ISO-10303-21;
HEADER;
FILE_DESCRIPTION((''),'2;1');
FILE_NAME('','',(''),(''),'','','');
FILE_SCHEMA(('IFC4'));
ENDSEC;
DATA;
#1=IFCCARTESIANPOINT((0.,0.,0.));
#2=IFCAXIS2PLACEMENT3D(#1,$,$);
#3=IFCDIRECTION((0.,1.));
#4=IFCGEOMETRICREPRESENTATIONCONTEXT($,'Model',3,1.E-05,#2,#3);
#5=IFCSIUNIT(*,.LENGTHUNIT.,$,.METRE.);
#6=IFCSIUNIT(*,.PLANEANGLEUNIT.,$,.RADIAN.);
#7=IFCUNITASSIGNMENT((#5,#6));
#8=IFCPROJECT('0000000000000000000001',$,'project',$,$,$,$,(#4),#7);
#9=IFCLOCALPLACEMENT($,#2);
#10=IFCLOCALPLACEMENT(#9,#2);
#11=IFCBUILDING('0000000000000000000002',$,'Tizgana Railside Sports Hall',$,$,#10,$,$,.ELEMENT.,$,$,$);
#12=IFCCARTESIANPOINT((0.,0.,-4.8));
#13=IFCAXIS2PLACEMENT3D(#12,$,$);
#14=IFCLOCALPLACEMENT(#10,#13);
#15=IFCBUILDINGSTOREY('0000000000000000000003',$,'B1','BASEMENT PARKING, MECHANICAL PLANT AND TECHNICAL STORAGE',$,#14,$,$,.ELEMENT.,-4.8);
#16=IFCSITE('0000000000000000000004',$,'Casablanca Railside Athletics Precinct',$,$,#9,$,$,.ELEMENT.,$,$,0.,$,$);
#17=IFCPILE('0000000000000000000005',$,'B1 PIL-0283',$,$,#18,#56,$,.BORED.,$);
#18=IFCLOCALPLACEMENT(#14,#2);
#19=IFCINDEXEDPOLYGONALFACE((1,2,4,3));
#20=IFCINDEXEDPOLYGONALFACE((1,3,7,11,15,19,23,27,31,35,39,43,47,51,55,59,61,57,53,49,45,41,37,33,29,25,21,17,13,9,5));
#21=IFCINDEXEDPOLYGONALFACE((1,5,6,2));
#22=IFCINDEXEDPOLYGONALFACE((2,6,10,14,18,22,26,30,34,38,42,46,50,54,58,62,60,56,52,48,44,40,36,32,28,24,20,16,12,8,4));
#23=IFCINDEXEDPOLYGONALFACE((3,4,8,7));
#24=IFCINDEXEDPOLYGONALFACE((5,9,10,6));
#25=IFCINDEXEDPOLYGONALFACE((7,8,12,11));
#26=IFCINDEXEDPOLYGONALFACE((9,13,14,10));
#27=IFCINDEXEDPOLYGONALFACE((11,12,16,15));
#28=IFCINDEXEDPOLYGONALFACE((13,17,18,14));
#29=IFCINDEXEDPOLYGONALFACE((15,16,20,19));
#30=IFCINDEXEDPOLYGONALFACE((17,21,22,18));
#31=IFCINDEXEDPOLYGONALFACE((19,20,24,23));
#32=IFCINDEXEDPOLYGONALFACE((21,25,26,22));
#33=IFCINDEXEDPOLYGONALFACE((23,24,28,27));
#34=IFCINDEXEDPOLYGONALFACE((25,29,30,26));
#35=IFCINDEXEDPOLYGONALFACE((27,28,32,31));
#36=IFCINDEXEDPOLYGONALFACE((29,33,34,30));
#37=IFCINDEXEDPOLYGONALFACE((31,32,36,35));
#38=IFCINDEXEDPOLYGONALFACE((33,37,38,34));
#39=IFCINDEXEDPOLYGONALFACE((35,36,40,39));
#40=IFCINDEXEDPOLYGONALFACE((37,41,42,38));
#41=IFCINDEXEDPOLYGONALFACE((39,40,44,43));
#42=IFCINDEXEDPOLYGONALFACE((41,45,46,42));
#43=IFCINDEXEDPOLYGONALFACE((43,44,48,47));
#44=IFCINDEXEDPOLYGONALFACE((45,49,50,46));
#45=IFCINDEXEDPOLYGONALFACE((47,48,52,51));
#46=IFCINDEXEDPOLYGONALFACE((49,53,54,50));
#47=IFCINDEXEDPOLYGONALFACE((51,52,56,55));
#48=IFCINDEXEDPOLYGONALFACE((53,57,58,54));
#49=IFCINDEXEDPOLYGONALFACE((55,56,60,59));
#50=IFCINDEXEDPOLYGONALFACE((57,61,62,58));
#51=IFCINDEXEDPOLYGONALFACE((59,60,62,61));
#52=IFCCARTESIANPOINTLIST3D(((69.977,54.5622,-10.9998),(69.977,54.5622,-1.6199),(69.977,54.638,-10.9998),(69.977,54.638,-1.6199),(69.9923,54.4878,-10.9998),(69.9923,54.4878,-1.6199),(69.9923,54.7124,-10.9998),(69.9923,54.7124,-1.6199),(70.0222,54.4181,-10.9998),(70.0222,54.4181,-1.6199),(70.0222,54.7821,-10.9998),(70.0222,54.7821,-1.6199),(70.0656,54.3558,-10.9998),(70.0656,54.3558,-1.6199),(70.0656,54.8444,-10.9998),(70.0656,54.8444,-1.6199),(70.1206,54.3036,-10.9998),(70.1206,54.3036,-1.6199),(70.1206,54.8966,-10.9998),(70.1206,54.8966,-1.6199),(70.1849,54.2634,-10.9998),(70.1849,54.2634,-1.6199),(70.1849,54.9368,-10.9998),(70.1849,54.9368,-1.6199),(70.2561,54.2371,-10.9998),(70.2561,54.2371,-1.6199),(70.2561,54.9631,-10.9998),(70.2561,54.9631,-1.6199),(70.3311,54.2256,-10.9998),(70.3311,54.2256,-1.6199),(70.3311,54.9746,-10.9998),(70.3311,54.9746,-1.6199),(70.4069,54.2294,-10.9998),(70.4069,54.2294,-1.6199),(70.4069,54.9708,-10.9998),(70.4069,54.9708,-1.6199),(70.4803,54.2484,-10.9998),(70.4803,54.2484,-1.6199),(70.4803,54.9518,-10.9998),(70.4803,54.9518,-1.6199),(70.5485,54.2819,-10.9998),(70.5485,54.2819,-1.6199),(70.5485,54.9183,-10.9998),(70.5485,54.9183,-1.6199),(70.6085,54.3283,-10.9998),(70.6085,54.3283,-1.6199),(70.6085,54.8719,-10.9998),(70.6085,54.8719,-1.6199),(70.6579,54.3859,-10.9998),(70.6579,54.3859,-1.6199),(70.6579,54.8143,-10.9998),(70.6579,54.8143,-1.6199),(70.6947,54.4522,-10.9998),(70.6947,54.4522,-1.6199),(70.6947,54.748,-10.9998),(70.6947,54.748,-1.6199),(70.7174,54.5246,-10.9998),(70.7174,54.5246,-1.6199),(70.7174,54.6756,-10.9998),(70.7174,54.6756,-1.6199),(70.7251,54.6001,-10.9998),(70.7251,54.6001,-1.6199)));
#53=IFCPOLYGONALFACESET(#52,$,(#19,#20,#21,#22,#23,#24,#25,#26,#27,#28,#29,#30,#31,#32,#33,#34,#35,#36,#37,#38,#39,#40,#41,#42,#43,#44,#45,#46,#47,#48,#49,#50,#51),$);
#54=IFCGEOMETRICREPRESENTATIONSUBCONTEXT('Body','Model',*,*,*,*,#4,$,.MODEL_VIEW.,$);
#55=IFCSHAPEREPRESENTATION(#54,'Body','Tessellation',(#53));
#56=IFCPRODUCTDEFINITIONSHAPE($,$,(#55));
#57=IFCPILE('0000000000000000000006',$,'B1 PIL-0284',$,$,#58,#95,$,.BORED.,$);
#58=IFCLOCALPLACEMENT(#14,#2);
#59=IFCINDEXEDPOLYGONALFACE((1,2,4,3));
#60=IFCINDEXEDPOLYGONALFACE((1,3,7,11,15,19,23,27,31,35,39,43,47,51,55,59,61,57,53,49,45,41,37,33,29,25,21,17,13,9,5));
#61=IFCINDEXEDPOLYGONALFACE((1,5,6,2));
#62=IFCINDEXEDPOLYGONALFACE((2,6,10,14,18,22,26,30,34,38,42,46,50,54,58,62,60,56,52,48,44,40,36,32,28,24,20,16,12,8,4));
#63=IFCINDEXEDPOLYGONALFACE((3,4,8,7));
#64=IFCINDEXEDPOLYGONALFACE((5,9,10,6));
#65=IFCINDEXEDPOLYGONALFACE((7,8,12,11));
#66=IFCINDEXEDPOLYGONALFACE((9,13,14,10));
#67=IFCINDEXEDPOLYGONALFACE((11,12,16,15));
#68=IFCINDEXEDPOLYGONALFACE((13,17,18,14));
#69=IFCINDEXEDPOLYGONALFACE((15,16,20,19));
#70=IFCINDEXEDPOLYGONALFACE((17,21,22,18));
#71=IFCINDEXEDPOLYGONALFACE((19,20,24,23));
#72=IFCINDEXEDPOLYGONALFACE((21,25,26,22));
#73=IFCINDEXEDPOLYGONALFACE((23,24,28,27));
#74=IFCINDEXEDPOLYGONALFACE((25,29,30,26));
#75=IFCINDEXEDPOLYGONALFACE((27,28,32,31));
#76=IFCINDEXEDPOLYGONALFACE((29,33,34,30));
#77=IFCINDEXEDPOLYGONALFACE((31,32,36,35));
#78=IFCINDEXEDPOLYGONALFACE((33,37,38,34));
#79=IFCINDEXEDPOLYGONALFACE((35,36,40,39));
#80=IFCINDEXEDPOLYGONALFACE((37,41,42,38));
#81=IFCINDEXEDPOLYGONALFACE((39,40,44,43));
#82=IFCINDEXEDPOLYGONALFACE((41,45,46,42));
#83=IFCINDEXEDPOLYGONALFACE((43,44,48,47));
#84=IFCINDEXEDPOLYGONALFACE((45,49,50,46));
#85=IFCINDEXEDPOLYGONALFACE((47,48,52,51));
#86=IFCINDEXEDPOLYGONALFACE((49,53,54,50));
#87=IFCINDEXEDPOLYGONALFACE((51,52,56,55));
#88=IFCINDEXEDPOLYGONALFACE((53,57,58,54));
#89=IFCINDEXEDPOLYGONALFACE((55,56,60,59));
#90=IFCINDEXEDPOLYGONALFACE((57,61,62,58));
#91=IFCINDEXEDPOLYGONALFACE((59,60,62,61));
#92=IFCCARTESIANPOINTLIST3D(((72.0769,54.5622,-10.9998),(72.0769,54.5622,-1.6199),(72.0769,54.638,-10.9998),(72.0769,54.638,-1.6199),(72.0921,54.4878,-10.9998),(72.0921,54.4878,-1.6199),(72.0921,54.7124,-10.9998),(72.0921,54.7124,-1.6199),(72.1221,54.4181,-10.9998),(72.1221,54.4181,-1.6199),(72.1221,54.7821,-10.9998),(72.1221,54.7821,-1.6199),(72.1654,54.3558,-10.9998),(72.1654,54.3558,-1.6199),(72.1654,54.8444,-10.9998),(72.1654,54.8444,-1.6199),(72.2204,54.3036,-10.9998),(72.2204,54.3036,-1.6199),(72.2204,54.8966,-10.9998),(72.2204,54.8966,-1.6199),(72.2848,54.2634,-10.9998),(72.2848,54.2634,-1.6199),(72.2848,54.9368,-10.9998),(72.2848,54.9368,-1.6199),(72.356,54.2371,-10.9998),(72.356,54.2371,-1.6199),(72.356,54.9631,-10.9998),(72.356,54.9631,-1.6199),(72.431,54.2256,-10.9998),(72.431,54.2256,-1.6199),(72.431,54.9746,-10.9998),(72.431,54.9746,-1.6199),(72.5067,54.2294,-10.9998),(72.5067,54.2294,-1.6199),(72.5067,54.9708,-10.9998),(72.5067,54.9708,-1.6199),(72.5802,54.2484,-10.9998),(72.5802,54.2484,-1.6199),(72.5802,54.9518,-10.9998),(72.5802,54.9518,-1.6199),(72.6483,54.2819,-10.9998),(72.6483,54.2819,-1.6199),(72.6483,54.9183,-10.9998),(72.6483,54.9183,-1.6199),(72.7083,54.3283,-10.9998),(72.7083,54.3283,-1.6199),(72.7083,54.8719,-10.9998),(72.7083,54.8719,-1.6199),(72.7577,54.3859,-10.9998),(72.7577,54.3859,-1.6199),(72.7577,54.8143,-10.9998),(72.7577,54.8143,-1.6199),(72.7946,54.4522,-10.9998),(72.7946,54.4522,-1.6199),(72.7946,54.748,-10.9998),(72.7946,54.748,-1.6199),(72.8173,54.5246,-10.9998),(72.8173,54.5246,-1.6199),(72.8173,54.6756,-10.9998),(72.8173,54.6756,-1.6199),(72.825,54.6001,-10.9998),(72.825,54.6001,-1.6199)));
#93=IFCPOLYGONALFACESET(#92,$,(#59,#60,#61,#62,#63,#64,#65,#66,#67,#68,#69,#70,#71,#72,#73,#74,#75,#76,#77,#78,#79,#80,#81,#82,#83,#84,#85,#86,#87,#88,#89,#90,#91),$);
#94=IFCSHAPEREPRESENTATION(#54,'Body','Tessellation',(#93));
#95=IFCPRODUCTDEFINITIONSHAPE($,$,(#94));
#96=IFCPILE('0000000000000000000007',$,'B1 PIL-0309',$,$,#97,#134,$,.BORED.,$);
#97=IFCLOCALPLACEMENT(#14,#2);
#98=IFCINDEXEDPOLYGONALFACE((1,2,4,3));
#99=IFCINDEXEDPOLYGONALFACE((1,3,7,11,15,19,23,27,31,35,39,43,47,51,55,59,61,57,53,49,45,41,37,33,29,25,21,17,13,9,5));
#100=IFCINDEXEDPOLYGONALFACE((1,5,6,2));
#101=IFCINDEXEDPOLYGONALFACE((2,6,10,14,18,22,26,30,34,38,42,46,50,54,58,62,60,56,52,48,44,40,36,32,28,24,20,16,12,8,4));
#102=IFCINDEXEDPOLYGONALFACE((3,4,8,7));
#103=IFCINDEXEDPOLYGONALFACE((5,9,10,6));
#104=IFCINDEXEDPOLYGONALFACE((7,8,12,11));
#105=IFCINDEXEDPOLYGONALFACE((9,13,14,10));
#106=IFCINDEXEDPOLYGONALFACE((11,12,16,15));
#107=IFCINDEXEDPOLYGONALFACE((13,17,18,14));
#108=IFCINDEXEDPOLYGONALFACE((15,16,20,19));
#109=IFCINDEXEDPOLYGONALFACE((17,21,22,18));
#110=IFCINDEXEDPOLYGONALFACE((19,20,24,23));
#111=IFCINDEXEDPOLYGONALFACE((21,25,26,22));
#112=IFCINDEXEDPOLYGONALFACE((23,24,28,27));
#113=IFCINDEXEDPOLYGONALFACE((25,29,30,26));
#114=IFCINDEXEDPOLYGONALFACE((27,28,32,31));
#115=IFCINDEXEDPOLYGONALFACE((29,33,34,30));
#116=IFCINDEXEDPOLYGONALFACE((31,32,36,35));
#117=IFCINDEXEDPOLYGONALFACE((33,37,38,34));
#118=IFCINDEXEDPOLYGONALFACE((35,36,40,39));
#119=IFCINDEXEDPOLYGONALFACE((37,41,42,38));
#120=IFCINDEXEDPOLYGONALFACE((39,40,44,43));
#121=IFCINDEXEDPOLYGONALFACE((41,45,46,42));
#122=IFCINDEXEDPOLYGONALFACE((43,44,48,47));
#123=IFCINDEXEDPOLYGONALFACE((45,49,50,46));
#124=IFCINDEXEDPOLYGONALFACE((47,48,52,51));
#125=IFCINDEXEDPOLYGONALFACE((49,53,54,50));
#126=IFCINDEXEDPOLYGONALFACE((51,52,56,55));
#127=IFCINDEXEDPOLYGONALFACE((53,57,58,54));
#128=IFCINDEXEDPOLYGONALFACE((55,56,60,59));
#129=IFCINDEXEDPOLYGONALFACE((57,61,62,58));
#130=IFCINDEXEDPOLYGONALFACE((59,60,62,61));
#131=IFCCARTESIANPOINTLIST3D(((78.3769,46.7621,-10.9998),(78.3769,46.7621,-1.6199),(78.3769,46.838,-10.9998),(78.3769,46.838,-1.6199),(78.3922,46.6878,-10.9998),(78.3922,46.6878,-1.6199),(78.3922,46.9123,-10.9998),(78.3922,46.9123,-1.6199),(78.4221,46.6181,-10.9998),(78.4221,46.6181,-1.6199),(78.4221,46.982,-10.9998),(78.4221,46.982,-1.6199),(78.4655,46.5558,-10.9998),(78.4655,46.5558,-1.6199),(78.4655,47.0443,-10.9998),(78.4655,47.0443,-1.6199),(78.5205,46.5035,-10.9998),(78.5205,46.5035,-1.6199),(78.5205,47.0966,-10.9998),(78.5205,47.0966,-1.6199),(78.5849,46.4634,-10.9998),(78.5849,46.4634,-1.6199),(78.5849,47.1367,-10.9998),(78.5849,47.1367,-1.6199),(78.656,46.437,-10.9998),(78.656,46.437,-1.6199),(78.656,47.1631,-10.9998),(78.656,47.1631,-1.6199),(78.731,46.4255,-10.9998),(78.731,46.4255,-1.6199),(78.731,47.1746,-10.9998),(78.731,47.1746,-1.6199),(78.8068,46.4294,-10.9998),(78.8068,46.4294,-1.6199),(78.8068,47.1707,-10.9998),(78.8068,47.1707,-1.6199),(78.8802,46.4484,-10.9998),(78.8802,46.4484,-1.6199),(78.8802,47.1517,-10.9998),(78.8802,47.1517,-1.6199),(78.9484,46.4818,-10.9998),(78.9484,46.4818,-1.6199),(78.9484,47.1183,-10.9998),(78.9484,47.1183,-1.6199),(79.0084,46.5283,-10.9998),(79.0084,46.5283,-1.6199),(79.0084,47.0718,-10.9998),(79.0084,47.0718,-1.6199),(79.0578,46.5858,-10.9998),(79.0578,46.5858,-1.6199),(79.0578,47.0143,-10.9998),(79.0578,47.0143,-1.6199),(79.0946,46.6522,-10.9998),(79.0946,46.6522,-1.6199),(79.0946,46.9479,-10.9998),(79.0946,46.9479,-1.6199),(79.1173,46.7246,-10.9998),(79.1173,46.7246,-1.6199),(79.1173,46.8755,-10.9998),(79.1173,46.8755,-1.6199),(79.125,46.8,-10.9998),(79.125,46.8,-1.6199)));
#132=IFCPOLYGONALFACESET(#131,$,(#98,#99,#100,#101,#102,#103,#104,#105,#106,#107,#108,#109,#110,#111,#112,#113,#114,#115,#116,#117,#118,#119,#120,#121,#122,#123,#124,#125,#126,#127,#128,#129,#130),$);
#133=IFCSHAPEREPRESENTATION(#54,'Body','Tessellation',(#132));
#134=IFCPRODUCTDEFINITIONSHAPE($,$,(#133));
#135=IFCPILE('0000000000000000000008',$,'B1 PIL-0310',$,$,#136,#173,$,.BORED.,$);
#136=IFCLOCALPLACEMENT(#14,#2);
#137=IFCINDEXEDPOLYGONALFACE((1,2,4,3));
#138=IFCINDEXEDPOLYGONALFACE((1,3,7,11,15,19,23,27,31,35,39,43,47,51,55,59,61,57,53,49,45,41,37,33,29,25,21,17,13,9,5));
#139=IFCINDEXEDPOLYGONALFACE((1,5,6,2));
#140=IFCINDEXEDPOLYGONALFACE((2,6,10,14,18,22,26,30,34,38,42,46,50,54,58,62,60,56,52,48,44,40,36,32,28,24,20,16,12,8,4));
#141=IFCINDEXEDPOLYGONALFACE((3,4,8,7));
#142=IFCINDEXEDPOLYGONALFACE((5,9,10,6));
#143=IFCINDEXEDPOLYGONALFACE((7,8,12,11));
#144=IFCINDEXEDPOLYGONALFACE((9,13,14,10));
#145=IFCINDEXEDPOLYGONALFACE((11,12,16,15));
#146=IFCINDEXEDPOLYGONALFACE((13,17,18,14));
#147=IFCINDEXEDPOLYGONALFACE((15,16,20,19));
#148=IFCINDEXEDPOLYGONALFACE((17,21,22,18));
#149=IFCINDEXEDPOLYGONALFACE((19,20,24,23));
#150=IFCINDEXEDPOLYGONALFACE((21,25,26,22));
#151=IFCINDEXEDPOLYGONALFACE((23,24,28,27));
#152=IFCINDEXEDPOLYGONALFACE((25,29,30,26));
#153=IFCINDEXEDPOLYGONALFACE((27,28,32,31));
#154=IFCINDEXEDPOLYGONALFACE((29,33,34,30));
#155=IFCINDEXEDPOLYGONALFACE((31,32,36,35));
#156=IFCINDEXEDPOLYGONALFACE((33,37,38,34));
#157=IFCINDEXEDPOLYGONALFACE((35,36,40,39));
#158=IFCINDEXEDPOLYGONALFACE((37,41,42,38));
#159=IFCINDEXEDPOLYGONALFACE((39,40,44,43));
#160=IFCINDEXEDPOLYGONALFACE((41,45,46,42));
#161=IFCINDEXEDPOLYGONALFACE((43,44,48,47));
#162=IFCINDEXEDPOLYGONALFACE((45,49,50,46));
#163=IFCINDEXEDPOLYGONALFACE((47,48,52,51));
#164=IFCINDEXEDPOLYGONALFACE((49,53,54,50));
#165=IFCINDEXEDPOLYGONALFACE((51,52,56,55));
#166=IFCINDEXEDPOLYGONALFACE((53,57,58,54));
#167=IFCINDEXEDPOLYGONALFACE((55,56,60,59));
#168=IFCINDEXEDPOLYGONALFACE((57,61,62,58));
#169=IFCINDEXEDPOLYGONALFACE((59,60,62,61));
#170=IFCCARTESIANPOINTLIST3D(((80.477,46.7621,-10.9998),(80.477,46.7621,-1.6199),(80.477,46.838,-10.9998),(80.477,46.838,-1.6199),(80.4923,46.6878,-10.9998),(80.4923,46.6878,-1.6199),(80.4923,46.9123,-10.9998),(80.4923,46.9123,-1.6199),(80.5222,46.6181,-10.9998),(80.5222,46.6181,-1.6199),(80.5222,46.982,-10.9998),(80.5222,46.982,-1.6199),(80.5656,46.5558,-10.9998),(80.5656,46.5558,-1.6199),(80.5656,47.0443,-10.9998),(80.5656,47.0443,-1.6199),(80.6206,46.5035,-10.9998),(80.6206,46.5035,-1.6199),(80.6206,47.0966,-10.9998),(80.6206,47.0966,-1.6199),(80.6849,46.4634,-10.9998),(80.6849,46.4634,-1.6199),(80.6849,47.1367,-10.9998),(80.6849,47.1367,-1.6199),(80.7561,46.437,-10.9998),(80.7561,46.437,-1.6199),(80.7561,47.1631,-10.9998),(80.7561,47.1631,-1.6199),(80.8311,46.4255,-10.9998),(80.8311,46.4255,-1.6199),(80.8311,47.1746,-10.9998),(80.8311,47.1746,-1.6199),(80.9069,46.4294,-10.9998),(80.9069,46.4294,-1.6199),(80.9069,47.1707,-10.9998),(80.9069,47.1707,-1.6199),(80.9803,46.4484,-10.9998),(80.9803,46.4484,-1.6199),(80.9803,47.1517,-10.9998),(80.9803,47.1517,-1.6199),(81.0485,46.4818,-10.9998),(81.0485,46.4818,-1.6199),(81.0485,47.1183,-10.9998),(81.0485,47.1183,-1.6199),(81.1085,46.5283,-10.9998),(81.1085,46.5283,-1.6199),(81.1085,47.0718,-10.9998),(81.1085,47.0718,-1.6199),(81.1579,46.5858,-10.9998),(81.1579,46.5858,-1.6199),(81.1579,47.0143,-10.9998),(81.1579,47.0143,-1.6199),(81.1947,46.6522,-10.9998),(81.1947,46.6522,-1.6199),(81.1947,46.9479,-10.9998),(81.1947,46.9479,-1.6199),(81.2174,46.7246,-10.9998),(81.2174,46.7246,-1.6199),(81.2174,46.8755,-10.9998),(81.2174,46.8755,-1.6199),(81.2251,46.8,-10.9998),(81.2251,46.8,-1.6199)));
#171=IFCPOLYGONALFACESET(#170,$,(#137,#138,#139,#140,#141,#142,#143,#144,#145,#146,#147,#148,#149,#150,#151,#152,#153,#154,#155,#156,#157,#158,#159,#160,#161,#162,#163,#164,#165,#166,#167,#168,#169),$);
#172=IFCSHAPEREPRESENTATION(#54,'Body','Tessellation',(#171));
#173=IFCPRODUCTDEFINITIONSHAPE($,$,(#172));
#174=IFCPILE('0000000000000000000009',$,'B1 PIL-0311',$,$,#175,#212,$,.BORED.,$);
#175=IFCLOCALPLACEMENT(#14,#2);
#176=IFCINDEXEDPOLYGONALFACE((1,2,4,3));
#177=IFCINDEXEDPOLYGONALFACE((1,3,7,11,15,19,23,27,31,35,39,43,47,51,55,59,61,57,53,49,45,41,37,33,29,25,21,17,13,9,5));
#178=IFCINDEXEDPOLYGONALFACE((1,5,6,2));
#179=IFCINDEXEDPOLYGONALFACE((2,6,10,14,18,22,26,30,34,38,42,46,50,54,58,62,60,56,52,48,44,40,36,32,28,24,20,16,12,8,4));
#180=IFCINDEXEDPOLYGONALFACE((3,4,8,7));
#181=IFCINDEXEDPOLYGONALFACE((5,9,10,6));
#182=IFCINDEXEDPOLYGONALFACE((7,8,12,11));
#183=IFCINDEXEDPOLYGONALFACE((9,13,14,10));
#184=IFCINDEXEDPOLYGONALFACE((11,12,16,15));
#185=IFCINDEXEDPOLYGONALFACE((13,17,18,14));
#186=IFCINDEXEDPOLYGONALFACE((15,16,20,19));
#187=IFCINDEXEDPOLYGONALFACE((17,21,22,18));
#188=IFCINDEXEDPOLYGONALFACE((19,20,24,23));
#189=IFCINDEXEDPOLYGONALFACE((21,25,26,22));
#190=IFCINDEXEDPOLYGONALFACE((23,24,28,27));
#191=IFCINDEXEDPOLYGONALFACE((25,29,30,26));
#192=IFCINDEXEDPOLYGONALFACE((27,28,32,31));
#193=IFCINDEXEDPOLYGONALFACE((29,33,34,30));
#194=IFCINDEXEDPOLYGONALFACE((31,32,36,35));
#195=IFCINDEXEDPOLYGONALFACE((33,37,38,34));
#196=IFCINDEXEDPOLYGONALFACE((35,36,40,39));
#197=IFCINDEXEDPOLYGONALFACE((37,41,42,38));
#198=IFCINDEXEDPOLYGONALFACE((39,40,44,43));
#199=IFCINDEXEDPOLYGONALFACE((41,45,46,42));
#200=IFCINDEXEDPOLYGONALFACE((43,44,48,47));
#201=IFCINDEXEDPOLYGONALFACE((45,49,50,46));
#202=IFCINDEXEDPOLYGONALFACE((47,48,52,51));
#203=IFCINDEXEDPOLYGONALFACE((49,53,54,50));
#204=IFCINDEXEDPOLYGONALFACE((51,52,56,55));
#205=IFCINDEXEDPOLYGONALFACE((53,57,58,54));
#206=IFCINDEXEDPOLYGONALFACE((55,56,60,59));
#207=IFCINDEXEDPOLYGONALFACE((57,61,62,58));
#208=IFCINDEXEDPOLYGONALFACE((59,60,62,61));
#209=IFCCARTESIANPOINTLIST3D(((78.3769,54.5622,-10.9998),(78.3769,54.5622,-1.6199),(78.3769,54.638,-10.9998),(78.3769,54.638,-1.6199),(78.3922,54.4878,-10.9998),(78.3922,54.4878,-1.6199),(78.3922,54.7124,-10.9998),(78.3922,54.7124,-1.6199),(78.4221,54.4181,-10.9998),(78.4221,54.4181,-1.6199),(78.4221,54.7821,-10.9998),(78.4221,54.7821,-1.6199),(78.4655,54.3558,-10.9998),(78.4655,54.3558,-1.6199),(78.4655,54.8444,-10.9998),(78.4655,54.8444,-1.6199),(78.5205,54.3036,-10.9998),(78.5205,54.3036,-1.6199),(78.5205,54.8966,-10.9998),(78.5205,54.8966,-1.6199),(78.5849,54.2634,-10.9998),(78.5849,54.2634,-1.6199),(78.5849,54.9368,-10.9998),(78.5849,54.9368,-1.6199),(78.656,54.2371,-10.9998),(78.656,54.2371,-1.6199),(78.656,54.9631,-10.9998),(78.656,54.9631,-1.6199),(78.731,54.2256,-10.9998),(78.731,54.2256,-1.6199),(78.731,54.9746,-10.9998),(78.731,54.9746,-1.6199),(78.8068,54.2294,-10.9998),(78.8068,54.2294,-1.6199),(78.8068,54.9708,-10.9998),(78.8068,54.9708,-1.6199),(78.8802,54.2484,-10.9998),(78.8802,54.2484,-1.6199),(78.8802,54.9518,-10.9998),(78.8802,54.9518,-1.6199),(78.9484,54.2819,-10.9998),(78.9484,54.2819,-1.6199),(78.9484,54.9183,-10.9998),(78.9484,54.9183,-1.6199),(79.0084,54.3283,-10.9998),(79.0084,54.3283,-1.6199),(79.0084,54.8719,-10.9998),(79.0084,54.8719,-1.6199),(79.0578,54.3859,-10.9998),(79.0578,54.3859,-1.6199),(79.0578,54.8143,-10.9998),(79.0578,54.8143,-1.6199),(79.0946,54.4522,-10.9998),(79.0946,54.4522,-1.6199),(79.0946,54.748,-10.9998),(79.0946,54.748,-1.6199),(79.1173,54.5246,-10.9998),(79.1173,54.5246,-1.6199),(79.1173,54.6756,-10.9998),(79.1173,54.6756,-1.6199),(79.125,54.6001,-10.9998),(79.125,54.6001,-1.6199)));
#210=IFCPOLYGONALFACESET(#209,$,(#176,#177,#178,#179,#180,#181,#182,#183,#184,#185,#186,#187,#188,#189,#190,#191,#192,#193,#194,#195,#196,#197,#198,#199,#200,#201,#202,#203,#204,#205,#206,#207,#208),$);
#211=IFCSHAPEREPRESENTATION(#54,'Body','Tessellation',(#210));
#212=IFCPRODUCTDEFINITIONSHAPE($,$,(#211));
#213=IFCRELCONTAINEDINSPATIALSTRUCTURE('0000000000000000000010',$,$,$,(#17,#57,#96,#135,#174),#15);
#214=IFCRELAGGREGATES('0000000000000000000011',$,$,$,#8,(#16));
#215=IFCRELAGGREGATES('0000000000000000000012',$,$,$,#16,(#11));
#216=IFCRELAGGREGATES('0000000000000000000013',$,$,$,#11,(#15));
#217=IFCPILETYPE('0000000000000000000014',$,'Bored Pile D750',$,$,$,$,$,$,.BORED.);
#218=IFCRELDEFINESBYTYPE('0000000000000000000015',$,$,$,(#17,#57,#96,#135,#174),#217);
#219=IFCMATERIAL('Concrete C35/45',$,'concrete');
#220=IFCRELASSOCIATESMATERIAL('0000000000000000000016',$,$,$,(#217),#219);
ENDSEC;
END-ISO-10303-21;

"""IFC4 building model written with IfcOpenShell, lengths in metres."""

from ifc_helpers import new_model, si_unit, direction, frame, origin, origin_2d, place, context, subcontext, project, spatial, circle, extrude, material, material_profile, profile_set, type_object, element, save


model = new_model("IFC4")

# Units and contexts
model_context = context("Model", 3, precision=1e-05, world=origin(), true_north=direction((0.0, 1.0)))
body_context = subcontext(model_context, "Body", "Model", "MODEL_VIEW")
ifc_project = project(units=[si_unit("LENGTHUNIT", "METRE"), si_unit("PLANEANGLEUNIT", "RADIAN")], contexts=[model_context])

# Site, building, storey
site_placement = place(None, origin())
site = spatial("IfcSite", under=ifc_project, at=site_placement, Name="Casablanca Railside Athletics Precinct", CompositionType="ELEMENT", RefElevation=0.0)
building_placement = place(site_placement, origin())
building = spatial("IfcBuilding", under=site, at=building_placement, Name="Tizgana Railside Sports Hall", CompositionType="ELEMENT")
storey_placement = place(building_placement, frame((0.0, 0.0, -4.8)))
storey = spatial("IfcBuildingStorey", under=building, at=storey_placement, Name="B1", Description="BASEMENT PARKING, MECHANICAL PLANT AND TECHNICAL STORAGE", CompositionType="ELEMENT", Elevation=-4.8)

# Piles
ifc_material_1 = material(Name="Concrete C35/45", Category="concrete")
ifc_material_profile_1 = material_profile(ifc_material_1, circle(Radius=0.375, at=origin_2d()), Name="PILE D750")
ifc_profile_set_1 = profile_set([ifc_material_profile_1], Name="Concrete C35/45")
pile_type = type_object("IfcPileType", Name="Bored Pile D750", PredefinedType="BORED", material=ifc_profile_set_1)
for number, where, z_axis, x_axis, name in (
    (1, (70.3501, 54.6001, -1.6199), (0.0, 0.0, -1.0), (1.0, 0.0, 0.0), "B1 PIL-0283"),
    (2, (72.45, 54.6001, -1.6199), (0.0, 0.0, -1.0), (1.0, 0.0, 0.0), "B1 PIL-0284"),
    (3, (78.75, 46.8, -1.6199), (0.0, 0.0, -1.0), (1.0, 0.0, 0.0), "B1 PIL-0309"),
    (4, (80.8501, 46.8, -1.6199), (0.0, 0.0, -1.0), (1.0, 0.0, 0.0), "B1 PIL-0310"),
    (5, (78.75, 54.6001, -1.6199), (0.0, 0.0, -1.0), (1.0, 0.0, 0.0), "B1 PIL-0311"),
):
    element("IfcPile", number, at=place(storey_placement, frame(where, z_axis=z_axis, x_axis=x_axis)), inside=storey, type_object=pile_type, Name=name, PredefinedType="BORED", context=body_context, shape_type="SweptSolid", body=[
        extrude(circle(Radius=0.375, at=origin_2d()), origin(), (0.0, 0.0, 1.0), 9.3799),
    ])

save(model, "model.ifc")
